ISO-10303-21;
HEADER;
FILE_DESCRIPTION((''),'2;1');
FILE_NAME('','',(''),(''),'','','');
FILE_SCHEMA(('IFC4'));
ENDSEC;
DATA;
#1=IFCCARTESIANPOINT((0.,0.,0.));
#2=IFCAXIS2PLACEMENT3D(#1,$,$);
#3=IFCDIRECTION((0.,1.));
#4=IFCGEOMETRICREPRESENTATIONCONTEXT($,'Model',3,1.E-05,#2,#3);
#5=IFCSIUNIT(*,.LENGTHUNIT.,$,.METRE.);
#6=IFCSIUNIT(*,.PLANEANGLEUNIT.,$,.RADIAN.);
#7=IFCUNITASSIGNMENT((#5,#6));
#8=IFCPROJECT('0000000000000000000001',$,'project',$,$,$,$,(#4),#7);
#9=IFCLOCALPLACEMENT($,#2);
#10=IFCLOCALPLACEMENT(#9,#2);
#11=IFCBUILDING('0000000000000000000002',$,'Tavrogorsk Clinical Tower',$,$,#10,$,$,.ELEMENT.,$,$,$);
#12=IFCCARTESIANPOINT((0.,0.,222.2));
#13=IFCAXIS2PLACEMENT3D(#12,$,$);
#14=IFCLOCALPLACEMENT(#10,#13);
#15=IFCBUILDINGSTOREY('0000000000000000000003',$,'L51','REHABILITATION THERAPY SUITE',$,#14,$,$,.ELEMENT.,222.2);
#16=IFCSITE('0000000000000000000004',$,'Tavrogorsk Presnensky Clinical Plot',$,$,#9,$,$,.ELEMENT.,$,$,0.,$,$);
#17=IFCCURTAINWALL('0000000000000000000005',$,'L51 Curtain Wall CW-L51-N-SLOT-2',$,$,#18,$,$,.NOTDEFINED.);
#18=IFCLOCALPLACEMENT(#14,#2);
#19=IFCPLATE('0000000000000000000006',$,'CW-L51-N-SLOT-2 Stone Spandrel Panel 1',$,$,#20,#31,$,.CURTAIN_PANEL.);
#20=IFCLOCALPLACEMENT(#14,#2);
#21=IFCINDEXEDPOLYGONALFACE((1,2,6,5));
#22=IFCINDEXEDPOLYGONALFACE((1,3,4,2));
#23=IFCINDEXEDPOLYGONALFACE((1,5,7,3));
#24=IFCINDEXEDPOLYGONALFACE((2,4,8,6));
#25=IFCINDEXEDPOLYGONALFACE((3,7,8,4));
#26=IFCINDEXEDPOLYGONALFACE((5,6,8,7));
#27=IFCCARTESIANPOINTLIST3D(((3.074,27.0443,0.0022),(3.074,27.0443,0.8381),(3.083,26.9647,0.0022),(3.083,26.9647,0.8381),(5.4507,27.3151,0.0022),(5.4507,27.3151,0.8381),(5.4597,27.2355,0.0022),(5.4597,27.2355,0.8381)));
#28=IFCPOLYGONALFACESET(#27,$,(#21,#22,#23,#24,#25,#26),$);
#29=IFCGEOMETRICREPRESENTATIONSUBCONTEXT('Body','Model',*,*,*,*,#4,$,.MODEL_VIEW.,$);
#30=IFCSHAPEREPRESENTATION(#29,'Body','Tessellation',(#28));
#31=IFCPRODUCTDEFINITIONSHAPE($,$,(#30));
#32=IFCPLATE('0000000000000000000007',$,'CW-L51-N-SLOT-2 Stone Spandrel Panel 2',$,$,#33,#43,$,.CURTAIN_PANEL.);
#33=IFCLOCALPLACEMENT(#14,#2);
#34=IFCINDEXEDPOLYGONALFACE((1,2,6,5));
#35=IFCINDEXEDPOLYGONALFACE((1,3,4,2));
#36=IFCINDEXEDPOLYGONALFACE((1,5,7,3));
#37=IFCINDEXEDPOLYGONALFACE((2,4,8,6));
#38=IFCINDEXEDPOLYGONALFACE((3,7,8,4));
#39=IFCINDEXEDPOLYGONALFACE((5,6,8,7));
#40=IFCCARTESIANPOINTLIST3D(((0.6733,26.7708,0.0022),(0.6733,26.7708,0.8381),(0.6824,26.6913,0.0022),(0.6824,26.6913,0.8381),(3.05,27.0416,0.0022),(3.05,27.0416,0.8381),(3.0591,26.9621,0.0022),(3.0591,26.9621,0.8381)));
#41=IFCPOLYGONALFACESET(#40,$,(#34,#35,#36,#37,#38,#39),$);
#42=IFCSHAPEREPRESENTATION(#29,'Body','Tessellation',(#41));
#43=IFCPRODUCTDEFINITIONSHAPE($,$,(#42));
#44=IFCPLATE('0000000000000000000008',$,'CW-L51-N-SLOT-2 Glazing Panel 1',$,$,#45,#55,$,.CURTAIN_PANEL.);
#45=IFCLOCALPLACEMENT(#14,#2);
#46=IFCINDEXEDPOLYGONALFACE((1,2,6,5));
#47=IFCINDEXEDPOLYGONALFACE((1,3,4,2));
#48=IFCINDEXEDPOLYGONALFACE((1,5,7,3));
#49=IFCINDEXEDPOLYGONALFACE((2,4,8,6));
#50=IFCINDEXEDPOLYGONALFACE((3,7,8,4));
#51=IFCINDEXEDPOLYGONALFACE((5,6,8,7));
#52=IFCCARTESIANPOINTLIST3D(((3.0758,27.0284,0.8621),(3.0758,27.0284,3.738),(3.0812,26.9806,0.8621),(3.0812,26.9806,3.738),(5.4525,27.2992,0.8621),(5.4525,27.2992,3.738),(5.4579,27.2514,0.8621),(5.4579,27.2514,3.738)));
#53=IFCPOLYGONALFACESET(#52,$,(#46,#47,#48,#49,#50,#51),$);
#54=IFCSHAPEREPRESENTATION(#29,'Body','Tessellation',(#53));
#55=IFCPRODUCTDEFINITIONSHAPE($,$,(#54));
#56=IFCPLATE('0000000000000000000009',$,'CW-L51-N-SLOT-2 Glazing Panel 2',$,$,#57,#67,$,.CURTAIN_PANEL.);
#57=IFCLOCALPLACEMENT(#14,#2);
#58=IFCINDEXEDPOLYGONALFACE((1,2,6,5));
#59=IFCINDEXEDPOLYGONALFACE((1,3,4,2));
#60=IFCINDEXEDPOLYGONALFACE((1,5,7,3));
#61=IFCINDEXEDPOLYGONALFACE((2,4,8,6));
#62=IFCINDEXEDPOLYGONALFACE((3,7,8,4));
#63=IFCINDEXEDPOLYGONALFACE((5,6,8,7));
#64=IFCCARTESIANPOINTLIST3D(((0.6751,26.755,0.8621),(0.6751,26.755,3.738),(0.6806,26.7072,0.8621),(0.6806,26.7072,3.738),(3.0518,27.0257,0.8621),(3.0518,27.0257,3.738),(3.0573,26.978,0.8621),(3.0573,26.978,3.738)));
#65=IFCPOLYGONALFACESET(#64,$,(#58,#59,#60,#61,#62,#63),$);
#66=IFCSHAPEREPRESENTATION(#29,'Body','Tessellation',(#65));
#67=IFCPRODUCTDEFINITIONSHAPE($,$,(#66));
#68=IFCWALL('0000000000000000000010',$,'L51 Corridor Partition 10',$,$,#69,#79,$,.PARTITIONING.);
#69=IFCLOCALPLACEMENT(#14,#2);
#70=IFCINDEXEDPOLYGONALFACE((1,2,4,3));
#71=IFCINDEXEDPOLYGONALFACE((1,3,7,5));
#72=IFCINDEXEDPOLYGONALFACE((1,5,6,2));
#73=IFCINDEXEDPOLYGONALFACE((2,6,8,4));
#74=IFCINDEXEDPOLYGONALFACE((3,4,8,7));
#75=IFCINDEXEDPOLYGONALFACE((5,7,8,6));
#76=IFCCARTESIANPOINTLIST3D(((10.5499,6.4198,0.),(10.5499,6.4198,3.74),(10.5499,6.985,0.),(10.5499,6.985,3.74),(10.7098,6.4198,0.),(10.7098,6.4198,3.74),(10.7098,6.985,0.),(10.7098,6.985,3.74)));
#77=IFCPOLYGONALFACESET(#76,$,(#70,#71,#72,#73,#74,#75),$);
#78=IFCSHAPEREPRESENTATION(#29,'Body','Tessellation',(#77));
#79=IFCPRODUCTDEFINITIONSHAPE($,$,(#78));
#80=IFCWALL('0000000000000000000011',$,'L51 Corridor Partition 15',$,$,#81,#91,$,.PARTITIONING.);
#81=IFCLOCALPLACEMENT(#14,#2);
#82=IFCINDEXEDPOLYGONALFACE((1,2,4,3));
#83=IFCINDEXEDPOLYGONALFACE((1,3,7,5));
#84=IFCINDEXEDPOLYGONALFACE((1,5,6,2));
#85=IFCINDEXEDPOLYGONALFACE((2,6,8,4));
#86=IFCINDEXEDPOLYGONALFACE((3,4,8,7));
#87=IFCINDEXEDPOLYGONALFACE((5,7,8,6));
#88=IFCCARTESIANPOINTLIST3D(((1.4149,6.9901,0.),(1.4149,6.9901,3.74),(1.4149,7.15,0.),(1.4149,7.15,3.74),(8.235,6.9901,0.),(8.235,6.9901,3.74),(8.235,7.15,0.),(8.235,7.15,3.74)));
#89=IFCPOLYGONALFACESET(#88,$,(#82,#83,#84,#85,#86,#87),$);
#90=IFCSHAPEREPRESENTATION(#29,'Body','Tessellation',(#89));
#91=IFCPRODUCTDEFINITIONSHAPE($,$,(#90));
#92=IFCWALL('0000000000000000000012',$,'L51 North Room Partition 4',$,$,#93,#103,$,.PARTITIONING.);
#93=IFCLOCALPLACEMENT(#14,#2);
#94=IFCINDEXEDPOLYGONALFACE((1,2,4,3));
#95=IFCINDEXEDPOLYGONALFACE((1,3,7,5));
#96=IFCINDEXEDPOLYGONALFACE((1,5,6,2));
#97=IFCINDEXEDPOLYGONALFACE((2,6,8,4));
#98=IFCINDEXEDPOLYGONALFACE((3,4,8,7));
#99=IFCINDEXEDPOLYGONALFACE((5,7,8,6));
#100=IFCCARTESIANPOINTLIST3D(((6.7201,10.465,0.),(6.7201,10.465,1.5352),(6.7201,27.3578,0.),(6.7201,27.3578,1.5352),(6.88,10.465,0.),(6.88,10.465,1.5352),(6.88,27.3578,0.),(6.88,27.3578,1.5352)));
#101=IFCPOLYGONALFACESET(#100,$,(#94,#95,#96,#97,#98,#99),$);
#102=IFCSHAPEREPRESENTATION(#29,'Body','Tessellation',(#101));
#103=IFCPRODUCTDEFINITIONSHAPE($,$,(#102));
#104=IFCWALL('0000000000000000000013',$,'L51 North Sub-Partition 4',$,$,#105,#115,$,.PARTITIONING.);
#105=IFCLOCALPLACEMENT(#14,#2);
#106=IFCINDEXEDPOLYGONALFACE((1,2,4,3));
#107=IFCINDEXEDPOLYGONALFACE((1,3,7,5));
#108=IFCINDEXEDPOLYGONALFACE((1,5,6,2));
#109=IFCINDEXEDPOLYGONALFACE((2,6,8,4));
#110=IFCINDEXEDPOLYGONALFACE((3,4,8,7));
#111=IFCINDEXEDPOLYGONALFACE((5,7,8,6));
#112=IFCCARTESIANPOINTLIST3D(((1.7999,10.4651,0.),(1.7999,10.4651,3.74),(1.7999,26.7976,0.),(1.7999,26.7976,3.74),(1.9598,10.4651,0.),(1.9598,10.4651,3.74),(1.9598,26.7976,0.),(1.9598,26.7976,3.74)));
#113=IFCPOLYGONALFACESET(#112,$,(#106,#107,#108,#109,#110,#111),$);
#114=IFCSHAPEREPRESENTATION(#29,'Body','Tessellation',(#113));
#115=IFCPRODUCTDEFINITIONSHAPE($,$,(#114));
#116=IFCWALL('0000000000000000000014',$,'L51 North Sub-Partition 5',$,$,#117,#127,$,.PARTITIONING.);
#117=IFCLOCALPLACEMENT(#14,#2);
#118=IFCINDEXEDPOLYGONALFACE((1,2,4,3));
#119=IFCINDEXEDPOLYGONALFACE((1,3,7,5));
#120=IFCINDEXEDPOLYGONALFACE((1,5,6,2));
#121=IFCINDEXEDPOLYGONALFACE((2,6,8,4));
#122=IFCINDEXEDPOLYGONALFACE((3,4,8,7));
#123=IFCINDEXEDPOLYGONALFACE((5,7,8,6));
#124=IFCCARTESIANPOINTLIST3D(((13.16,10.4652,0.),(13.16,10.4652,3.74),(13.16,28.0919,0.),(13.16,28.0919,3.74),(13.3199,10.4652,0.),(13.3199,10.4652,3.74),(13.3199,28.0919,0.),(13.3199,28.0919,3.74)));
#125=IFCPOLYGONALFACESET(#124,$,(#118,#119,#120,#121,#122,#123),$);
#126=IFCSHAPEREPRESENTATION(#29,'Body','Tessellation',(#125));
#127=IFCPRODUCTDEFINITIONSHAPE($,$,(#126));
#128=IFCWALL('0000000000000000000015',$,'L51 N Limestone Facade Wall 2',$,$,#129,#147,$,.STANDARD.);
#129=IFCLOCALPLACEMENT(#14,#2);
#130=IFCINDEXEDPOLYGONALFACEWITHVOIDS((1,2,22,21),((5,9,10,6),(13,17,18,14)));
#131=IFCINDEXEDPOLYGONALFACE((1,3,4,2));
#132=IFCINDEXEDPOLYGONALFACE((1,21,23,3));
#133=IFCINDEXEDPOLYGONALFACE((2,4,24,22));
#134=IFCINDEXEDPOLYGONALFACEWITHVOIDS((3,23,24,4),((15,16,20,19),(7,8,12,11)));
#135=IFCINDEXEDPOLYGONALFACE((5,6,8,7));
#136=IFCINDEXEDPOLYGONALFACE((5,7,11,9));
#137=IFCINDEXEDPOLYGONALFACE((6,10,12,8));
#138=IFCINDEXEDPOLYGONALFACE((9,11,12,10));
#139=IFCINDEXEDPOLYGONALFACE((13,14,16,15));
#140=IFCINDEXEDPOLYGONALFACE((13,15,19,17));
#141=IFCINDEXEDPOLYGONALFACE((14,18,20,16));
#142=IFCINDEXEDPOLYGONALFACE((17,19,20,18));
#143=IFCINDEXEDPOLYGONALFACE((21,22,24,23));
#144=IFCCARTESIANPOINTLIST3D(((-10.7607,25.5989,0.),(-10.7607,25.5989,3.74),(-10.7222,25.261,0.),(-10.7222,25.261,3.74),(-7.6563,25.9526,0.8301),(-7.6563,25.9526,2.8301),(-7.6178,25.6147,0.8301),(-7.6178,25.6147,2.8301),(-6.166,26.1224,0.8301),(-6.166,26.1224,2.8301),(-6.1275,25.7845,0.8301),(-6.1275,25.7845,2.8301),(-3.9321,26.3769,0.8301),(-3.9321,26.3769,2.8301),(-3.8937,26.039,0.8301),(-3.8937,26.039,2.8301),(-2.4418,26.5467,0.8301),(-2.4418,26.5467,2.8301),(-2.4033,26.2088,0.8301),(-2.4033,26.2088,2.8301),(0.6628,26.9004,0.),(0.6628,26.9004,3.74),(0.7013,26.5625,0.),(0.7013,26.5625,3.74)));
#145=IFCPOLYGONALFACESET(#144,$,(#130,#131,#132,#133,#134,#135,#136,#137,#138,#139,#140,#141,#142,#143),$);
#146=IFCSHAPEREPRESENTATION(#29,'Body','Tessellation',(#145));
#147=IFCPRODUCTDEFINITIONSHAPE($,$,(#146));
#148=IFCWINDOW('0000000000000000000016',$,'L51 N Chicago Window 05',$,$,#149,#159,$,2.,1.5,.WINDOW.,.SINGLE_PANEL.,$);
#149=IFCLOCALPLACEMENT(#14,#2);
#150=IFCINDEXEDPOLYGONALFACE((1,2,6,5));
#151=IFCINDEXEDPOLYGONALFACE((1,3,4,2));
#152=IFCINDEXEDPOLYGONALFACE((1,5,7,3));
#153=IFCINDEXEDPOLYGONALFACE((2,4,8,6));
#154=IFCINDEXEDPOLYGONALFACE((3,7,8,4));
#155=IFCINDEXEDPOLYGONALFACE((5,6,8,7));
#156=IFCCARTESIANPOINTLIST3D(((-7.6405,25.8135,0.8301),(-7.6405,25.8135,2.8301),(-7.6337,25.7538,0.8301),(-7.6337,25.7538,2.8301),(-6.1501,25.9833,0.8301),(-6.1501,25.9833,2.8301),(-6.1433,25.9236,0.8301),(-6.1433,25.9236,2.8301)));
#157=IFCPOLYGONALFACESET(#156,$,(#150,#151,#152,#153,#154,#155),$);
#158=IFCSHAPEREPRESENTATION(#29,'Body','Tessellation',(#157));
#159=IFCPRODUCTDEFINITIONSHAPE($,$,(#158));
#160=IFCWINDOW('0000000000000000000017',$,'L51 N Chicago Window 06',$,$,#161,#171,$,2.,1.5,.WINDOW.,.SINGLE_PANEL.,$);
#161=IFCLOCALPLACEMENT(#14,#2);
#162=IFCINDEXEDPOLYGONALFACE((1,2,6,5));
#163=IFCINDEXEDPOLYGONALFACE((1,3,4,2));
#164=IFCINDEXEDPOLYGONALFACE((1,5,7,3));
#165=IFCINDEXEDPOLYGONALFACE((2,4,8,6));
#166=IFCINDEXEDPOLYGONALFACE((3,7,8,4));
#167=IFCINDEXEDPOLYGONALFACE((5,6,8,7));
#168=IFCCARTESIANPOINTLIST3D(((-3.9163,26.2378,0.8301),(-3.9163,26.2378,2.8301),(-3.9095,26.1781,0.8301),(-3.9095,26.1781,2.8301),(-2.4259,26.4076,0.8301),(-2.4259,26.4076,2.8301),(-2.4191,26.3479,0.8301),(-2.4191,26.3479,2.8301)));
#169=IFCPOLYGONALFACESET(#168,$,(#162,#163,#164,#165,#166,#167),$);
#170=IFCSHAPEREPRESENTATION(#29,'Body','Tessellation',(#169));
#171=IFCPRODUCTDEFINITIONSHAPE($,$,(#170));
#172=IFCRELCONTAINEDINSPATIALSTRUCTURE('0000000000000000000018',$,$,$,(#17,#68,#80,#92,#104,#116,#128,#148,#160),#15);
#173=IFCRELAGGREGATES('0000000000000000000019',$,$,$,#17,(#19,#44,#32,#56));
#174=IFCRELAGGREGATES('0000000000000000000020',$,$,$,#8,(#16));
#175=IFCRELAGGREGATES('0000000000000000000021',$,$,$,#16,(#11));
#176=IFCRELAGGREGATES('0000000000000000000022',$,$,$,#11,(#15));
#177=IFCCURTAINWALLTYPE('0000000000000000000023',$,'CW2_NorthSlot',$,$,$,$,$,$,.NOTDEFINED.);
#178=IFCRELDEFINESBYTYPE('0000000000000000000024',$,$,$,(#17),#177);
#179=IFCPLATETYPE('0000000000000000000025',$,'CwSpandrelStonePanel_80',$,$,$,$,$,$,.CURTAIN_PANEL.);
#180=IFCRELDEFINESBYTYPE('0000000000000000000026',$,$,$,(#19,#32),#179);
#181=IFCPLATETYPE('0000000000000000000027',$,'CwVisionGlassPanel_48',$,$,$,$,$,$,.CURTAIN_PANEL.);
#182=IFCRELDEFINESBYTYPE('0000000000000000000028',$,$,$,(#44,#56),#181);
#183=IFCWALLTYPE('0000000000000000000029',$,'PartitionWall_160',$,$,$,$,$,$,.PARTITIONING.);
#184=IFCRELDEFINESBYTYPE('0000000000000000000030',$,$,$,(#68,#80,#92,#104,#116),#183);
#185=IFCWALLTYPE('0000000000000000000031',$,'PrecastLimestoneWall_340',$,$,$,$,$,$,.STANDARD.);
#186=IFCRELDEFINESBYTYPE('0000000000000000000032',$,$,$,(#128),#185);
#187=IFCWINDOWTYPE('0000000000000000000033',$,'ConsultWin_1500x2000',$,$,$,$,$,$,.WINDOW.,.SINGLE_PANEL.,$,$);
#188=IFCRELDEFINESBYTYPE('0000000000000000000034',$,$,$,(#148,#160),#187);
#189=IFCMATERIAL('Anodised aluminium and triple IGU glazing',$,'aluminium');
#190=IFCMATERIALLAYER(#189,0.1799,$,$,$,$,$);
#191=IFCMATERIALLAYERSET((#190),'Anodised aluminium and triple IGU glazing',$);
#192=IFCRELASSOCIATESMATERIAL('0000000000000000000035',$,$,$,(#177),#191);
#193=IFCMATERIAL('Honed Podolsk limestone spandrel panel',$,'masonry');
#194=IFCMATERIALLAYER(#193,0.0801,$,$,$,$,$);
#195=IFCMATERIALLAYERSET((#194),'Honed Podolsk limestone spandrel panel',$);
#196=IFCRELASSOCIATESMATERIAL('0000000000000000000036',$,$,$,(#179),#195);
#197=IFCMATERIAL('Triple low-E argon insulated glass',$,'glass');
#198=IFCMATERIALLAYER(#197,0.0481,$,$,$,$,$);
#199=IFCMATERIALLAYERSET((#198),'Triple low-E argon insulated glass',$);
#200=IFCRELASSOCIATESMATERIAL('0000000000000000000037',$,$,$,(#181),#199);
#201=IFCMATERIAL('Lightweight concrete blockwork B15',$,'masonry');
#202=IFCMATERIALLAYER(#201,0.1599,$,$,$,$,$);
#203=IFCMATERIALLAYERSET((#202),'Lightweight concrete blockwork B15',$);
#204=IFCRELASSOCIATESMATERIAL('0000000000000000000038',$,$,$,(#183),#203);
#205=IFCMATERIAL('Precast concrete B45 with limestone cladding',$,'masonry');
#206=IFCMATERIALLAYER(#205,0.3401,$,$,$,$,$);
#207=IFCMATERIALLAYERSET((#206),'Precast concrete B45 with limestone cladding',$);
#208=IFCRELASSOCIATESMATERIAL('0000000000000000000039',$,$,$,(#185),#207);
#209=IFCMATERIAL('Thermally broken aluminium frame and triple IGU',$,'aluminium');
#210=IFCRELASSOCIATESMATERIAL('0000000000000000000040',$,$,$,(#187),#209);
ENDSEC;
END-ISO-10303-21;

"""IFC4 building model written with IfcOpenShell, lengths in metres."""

from ifc_helpers import new_model, si_unit, direction, frame, frame_2d, origin, origin_2d, place, context, subcontext, project, spatial, rectangle, extrude, material, layer, layer_set, type_object, element, fill, aggregate, save


model = new_model("IFC4")

# Units and contexts
model_context = context("Model", 3, precision=1e-05, world=origin(), true_north=direction((0.0, 1.0)))
body_context = subcontext(model_context, "Body", "Model", "MODEL_VIEW")
ifc_project = project(units=[si_unit("LENGTHUNIT", "METRE"), si_unit("PLANEANGLEUNIT", "RADIAN")], contexts=[model_context])

# Site, building, storey
site_placement = place(None, origin())
site = spatial("IfcSite", under=ifc_project, at=site_placement, Name="Tavrogorsk Presnensky Clinical Plot", CompositionType="ELEMENT", RefElevation=0.0)
building_placement = place(site_placement, origin())
building = spatial("IfcBuilding", under=site, at=building_placement, Name="Tavrogorsk Clinical Tower", CompositionType="ELEMENT")
storey_placement = place(building_placement, frame((0.0, 0.0, 222.2)))
storey = spatial("IfcBuildingStorey", under=building, at=storey_placement, Name="L51", Description="REHABILITATION THERAPY SUITE", CompositionType="ELEMENT", Elevation=222.2)

# Curtain wall
ifc_material_1 = material(Name="Anodised aluminium and triple IGU glazing", Category="aluminium")
ifc_layer_1 = layer(ifc_material_1, 0.1799)
ifc_layer_set_1 = layer_set([ifc_layer_1], Name="Anodised aluminium and triple IGU glazing")
curtain_wall_type = type_object("IfcCurtainWallType", Name="CW2_NorthSlot", PredefinedType="NOTDEFINED", material=ifc_layer_set_1)
curtain_wall_placement = place(storey_placement, origin())
curtain_wall = element("IfcCurtainWall", 1, at=curtain_wall_placement, inside=storey, type_object=curtain_wall_type, Name="L51 Curtain Wall CW-L51-N-SLOT-2", PredefinedType="NOTDEFINED")

# Plates
ifc_material_2 = material(Name="Honed Podolsk limestone spandrel panel", Category="masonry")
ifc_layer_2 = layer(ifc_material_2, 0.0801)
ifc_layer_set_2 = layer_set([ifc_layer_2], Name="Honed Podolsk limestone spandrel panel")
plate_type_1 = type_object("IfcPlateType", Name="CwSpandrelStonePanel_80", PredefinedType="CURTAIN_PANEL", material=ifc_layer_set_2)
plate_1_placement = place(storey_placement, frame((4.2668, 27.1399, 0.0022), z_axis=(0.0, 0.0, 1.0), x_axis=(-0.993572, -0.113203, 0.0)))
plate_1 = element("IfcPlate", 2, at=plate_1_placement, type_object=plate_type_1, Name="CW-L51-N-SLOT-2 Stone Spandrel Panel 1", PredefinedType="CURTAIN_PANEL", context=body_context, shape_type="SweptSolid", body=[
    extrude(rectangle(XDim=2.3921, YDim=0.0801, at=origin_2d()), origin(), (0.0, 0.0, 1.0), 0.8359),
])
plate_2_placement = place(storey_placement, frame((1.8662, 26.8665, 0.0022), z_axis=(0.0, 0.0, 1.0), x_axis=(-0.993572, -0.113203, 0.0)))
plate_2 = element("IfcPlate", 3, at=plate_2_placement, type_object=plate_type_1, Name="CW-L51-N-SLOT-2 Stone Spandrel Panel 2", PredefinedType="CURTAIN_PANEL", context=body_context, shape_type="SweptSolid", body=[
    extrude(rectangle(XDim=2.3921, YDim=0.0801, at=origin_2d()), origin(), (0.0, 0.0, 1.0), 0.8359),
])
ifc_material_3 = material(Name="Triple low-E argon insulated glass", Category="glass")
ifc_layer_3 = layer(ifc_material_3, 0.0481)
ifc_layer_set_3 = layer_set([ifc_layer_3], Name="Triple low-E argon insulated glass")
plate_type_2 = type_object("IfcPlateType", Name="CwVisionGlassPanel_48", PredefinedType="CURTAIN_PANEL", material=ifc_layer_set_3)
plate_3_placement = place(storey_placement, frame((4.2668, 27.1399, 0.8621), z_axis=(0.0, 0.0, 1.0), x_axis=(-0.993572, -0.113203, 0.0)))
plate_3 = element("IfcPlate", 4, at=plate_3_placement, type_object=plate_type_2, Name="CW-L51-N-SLOT-2 Glazing Panel 1", PredefinedType="CURTAIN_PANEL", context=body_context, shape_type="SweptSolid", body=[
    extrude(rectangle(XDim=2.3921, YDim=0.0481, at=origin_2d()), origin(), (0.0, 0.0, 1.0), 2.876),
])
plate_4_placement = place(storey_placement, frame((1.8662, 26.8665, 0.8621), z_axis=(0.0, 0.0, 1.0), x_axis=(-0.993572, -0.113203, 0.0)))
plate_4 = element("IfcPlate", 5, at=plate_4_placement, type_object=plate_type_2, Name="CW-L51-N-SLOT-2 Glazing Panel 2", PredefinedType="CURTAIN_PANEL", context=body_context, shape_type="SweptSolid", body=[
    extrude(rectangle(XDim=2.3921, YDim=0.0481, at=origin_2d()), origin(), (0.0, 0.0, 1.0), 2.876),
])
aggregate(curtain_wall, [plate_1, plate_3, plate_2, plate_4])

# Walls
ifc_material_4 = material(Name="Lightweight concrete blockwork B15", Category="masonry")
ifc_layer_4 = layer(ifc_material_4, 0.1599)
ifc_layer_set_4 = layer_set([ifc_layer_4], Name="Lightweight concrete blockwork B15")
wall_type_1 = type_object("IfcWallType", Name="PartitionWall_160", PredefinedType="PARTITIONING", material=ifc_layer_set_4)
wall_1_placement = place(storey_placement, frame((10.6299, 6.9851, 0.0), z_axis=(0.0, 0.0, 1.0), x_axis=(0.0, -1.0, 0.0)))
element("IfcWall", 6, at=wall_1_placement, inside=storey, type_object=wall_type_1, Name="L51 Corridor Partition 10", PredefinedType="PARTITIONING", context=body_context, shape_type="SweptSolid", body=[
    extrude(rectangle(XDim=0.5652, YDim=0.1599, at=frame_2d((0.2827, 0.0))), origin(), (0.0, 0.0, 1.0), 3.74),
])
wall_2_placement = place(storey_placement, frame((8.2351, 7.0701, 0.0), z_axis=(0.0, 0.0, 1.0), x_axis=(-1.0, 0.0, 0.0)))
element("IfcWall", 7, at=wall_2_placement, inside=storey, type_object=wall_type_1, Name="L51 Corridor Partition 15", PredefinedType="PARTITIONING", context=body_context, shape_type="SweptSolid", body=[
    extrude(rectangle(XDim=6.8201, YDim=0.1599, at=frame_2d((3.4102, 0.0))), origin(), (0.0, 0.0, 1.0), 3.74),
])
wall_3_placement = place(storey_placement, frame((6.8, 10.4651, 0.0), z_axis=(0.0, 0.0, 1.0), x_axis=(0.0, 1.0, 0.0)))
element("IfcWall", 8, at=wall_3_placement, inside=storey, type_object=wall_type_1, Name="L51 North Room Partition 4", PredefinedType="PARTITIONING", context=body_context, shape_type="SweptSolid", body=[
    extrude(rectangle(XDim=16.8928, YDim=0.1599, at=frame_2d((8.4463, 0.0))), origin(), (0.0, 0.0, 1.0), 1.5352),
])
wall_4_placement = place(storey_placement, frame((1.8799, 10.4651, 0.0), z_axis=(0.0, 0.0, 1.0), x_axis=(0.0, 1.0, 0.0)))
element("IfcWall", 9, at=wall_4_placement, inside=storey, type_object=wall_type_1, Name="L51 North Sub-Partition 4", PredefinedType="PARTITIONING", context=body_context, shape_type="SweptSolid", body=[
    extrude(rectangle(XDim=16.3325, YDim=0.1599, at=frame_2d((8.1663, 0.0))), origin(), (0.0, 0.0, 1.0), 3.74),
])
wall_5_placement = place(storey_placement, frame((13.24, 10.4651, 0.0), z_axis=(0.0, 0.0, 1.0), x_axis=(0.0, 1.0, 0.0)))
element("IfcWall", 10, at=wall_5_placement, inside=storey, type_object=wall_type_1, Name="L51 North Sub-Partition 5", PredefinedType="PARTITIONING", context=body_context, shape_type="SweptSolid", body=[
    extrude(rectangle(XDim=17.6267, YDim=0.1599, at=frame_2d((8.8135, 0.0))), origin(), (0.0, 0.0, 1.0), 3.74),
])

# Wall, openings, windows
ifc_material_5 = material(Name="Precast concrete B45 with limestone cladding", Category="masonry")
ifc_layer_5 = layer(ifc_material_5, 0.3401)
ifc_layer_set_5 = layer_set([ifc_layer_5], Name="Precast concrete B45 with limestone cladding")
wall_type_2 = type_object("IfcWallType", Name="PrecastLimestoneWall_340", PredefinedType="STANDARD", material=ifc_layer_set_5)
wall_6_placement = place(storey_placement, frame((0.6819, 26.7314, 0.0), z_axis=(0.0, 0.0, 1.0), x_axis=(-0.993572, -0.113202, 0.0)))
wall_6 = element("IfcWall", 11, at=wall_6_placement, inside=storey, type_object=wall_type_2, Name="L51 N Limestone Facade Wall 2", PredefinedType="STANDARD", context=body_context, shape_type="SweptSolid", body=[
    extrude(rectangle(XDim=11.4973, YDim=0.3401, at=frame_2d((5.7485, 0.0))), origin(), (0.0, 0.0, 1.0), 3.74),
])
opening_1_placement = place(wall_6_placement, frame((6.8728, 0.0, 0.8301)))
opening_1 = element("IfcOpeningElement", 12, at=opening_1_placement, cuts=wall_6, PredefinedType="OPENING", context=body_context, shape_type="SweptSolid", body=[
    extrude(rectangle(XDim=1.5, YDim=2.0, at=frame_2d((0.75, 1.0))), frame((0.0, 0.1799, 0.0), z_axis=(0.0, -1.0, 0.0), x_axis=(1.0, 0.0, 0.0)), (0.0, 0.0, 1.0), 0.3601),
])
opening_2_placement = place(wall_6_placement, frame((3.1245, 0.0, 0.8301)))
opening_2 = element("IfcOpeningElement", 13, at=opening_2_placement, cuts=wall_6, PredefinedType="OPENING", context=body_context, shape_type="SweptSolid", body=[
    extrude(rectangle(XDim=1.5, YDim=2.0, at=frame_2d((0.75, 1.0))), frame((0.0, 0.1799, 0.0), z_axis=(0.0, -1.0, 0.0), x_axis=(1.0, 0.0, 0.0)), (0.0, 0.0, 1.0), 0.3601),
])
ifc_material_6 = material(Name="Thermally broken aluminium frame and triple IGU", Category="aluminium")
window_type = type_object("IfcWindowType", Name="ConsultWin_1500x2000", PartitioningType="SINGLE_PANEL", PredefinedType="WINDOW", material=ifc_material_6)
window_1_placement = place(opening_1_placement, origin())
window_1 = element("IfcWindow", 14, at=window_1_placement, inside=storey, type_object=window_type, Name="L51 N Chicago Window 05", OverallHeight=2.0, OverallWidth=1.5, PartitioningType="SINGLE_PANEL", PredefinedType="WINDOW", context=body_context, shape_type="SweptSolid", body=[
    extrude(rectangle(XDim=1.5, YDim=2.0, at=frame_2d((0.75, 1.0))), frame((0.0, 0.03, 0.0), z_axis=(0.0, -1.0, 0.0), x_axis=(1.0, 0.0, 0.0)), (0.0, 0.0, 1.0), 0.0601),
])
fill(opening_1, window_1)
window_2_placement = place(opening_2_placement, origin())
window_2 = element("IfcWindow", 15, at=window_2_placement, inside=storey, type_object=window_type, Name="L51 N Chicago Window 06", OverallHeight=2.0, OverallWidth=1.5, PartitioningType="SINGLE_PANEL", PredefinedType="WINDOW", context=body_context, shape_type="SweptSolid", body=[
    extrude(rectangle(XDim=1.5, YDim=2.0, at=frame_2d((0.75, 1.0))), frame((0.0, 0.03, 0.0), z_axis=(0.0, -1.0, 0.0), x_axis=(1.0, 0.0, 0.0)), (0.0, 0.0, 1.0), 0.0601),
])
fill(opening_2, window_2)

save(model, "model.ifc")
